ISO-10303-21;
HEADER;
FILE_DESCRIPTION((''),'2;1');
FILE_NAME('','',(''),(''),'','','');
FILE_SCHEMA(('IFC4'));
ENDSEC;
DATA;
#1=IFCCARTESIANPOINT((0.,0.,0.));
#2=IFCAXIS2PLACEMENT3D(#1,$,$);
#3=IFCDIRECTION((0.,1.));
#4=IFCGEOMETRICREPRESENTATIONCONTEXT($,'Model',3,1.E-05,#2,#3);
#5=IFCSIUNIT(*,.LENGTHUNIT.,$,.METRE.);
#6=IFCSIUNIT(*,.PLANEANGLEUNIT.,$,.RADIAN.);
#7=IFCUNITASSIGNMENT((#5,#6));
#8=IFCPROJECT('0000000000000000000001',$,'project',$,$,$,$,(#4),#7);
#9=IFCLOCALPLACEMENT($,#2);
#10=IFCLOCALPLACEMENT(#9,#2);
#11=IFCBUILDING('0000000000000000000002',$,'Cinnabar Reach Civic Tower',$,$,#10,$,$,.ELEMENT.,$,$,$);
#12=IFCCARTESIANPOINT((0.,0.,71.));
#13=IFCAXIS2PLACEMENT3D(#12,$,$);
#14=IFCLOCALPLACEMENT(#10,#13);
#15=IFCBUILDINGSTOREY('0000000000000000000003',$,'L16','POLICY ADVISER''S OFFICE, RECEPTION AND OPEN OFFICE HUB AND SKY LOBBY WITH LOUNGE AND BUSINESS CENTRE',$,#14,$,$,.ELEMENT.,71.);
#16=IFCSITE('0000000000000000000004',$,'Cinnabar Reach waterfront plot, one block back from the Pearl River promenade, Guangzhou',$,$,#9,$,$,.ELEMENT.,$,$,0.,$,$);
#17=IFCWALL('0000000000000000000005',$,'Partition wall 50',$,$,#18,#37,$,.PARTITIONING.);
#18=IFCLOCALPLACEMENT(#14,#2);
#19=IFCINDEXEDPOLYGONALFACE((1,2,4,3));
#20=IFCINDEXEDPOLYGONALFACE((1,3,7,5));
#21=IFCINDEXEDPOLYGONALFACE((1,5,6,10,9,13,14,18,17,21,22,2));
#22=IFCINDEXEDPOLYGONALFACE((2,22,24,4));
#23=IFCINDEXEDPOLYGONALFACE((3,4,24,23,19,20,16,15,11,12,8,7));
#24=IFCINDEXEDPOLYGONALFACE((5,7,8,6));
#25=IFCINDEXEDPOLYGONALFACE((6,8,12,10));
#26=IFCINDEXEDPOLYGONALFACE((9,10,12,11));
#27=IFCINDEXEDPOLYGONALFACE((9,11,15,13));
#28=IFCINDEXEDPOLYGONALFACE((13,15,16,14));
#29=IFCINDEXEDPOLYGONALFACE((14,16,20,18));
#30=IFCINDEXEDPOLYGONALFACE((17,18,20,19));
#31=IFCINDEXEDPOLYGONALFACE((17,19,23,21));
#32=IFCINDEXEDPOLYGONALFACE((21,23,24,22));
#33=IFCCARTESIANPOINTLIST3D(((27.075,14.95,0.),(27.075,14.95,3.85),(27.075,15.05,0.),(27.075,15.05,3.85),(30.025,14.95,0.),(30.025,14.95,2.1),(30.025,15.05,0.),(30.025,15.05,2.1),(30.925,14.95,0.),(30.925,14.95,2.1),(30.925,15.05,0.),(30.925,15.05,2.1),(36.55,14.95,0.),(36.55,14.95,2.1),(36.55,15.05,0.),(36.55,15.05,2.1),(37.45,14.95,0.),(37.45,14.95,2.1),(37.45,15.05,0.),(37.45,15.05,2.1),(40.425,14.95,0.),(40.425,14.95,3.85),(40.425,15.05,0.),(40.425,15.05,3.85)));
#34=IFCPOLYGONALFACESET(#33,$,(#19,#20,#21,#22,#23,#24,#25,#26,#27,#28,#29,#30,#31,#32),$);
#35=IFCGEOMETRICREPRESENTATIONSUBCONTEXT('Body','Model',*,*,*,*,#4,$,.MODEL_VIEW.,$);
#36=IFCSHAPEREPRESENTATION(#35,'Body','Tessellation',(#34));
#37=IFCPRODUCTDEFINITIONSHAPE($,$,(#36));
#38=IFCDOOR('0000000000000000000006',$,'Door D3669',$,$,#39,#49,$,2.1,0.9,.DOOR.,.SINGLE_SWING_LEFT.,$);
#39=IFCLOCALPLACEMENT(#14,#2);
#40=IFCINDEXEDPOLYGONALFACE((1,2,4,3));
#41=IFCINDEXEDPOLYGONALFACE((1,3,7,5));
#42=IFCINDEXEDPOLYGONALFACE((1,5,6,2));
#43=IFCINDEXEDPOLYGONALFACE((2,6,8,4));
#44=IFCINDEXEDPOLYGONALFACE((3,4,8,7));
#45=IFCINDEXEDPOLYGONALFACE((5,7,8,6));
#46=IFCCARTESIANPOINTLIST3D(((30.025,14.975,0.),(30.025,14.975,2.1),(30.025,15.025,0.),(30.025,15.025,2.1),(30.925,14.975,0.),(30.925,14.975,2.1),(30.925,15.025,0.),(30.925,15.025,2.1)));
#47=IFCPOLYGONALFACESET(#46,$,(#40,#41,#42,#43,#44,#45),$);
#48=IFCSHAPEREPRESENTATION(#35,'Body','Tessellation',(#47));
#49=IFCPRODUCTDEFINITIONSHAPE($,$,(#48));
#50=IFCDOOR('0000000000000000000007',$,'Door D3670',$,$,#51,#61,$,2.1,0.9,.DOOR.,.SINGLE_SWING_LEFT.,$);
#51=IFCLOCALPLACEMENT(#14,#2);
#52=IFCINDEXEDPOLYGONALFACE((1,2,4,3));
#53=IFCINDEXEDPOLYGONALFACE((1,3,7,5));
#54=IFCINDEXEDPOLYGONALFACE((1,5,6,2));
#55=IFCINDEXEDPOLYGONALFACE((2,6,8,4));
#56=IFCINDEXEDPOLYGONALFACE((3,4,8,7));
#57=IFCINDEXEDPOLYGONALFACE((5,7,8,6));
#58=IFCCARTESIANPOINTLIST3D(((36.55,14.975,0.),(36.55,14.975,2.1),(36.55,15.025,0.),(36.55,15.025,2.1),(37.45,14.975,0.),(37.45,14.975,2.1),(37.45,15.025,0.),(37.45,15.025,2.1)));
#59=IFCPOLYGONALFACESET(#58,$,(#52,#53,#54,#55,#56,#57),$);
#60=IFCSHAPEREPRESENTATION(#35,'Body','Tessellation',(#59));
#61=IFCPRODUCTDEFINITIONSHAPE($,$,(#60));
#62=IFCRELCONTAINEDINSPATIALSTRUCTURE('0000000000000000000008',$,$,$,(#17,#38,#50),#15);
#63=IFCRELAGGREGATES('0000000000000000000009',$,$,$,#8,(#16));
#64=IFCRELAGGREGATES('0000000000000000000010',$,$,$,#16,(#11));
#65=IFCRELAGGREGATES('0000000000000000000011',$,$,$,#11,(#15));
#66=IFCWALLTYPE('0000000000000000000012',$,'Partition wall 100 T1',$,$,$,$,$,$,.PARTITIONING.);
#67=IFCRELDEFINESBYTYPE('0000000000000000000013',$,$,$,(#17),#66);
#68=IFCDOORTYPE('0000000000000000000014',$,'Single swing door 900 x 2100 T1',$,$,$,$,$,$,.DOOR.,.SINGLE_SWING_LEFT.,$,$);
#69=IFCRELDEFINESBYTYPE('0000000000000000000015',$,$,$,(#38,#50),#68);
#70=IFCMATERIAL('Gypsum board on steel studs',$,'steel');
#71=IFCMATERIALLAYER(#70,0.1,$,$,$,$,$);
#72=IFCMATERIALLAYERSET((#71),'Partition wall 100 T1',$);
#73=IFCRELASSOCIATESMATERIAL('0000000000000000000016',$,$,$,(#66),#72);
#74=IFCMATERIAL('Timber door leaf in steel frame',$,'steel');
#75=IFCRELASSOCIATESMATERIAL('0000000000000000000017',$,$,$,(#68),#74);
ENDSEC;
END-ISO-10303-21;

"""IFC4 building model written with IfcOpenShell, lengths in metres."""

from ifc_helpers import new_model, si_unit, direction, frame, frame_2d, origin, place, context, subcontext, project, spatial, rectangle, extrude, material, layer, layer_set, type_object, element, fill, save


model = new_model("IFC4")

# Units and contexts
model_context = context("Model", 3, precision=1e-05, world=origin(), true_north=direction((0.0, 1.0)))
body_context = subcontext(model_context, "Body", "Model", "MODEL_VIEW")
ifc_project = project(units=[si_unit("LENGTHUNIT", "METRE"), si_unit("PLANEANGLEUNIT", "RADIAN")], contexts=[model_context])

# Site, building, storey
site_placement = place(None, origin())
site = spatial("IfcSite", under=ifc_project, at=site_placement, Name="Cinnabar Reach waterfront plot, one block back from the Pearl River promenade, Guangzhou", CompositionType="ELEMENT", RefElevation=0.0)
building_placement = place(site_placement, origin())
building = spatial("IfcBuilding", under=site, at=building_placement, Name="Cinnabar Reach Civic Tower", CompositionType="ELEMENT")
storey_placement = place(building_placement, frame((0.0, 0.0, 71.0)))
storey = spatial("IfcBuildingStorey", under=building, at=storey_placement, Name="L16", Description="POLICY ADVISER'S OFFICE, RECEPTION AND OPEN OFFICE HUB AND SKY LOBBY WITH LOUNGE AND BUSINESS CENTRE", CompositionType="ELEMENT", Elevation=71.0)

# Shared definitions
ifc_material_1 = material(Name="Timber door leaf in steel frame", Category="steel")

# Wall, openings, doors
ifc_material_2 = material(Name="Gypsum board on steel studs", Category="steel")
ifc_layer_1 = layer(ifc_material_2, 0.1)
ifc_layer_set_1 = layer_set([ifc_layer_1], Name="Partition wall 100 T1")
wall_type_1 = type_object("IfcWallType", Name="Partition wall 100 T1", PredefinedType="PARTITIONING", material=ifc_layer_set_1)
wall_1_placement = place(storey_placement, frame((27.075, 15.0, 0.0), z_axis=(0.0, 0.0, 1.0), x_axis=(1.0, 0.0, 0.0)))
wall_1 = element("IfcWall", 1, at=wall_1_placement, inside=storey, type_object=wall_type_1, Name="Partition wall 50", PredefinedType="PARTITIONING", context=body_context, shape_type="SweptSolid", body=[
    extrude(rectangle(XDim=13.35, YDim=0.1, at=frame_2d((6.675, 0.0))), origin(), (0.0, 0.0, 1.0), 3.85),
])
opening_1_placement = place(wall_1_placement, frame((2.95, 0.0, 0.0)))
opening_1 = element("IfcOpeningElement", 2, at=opening_1_placement, cuts=wall_1, PredefinedType="OPENING", context=body_context, shape_type="SweptSolid", body=[
    extrude(rectangle(XDim=0.9, YDim=2.1, at=frame_2d((0.45, 1.05))), frame((0.0, 0.06, 0.0), z_axis=(0.0, -1.0, 0.0), x_axis=(1.0, 0.0, 0.0)), (0.0, 0.0, 1.0), 0.12),
])
opening_2_placement = place(wall_1_placement, frame((9.475, 0.0, 0.0)))
opening_2 = element("IfcOpeningElement", 3, at=opening_2_placement, cuts=wall_1, PredefinedType="OPENING", context=body_context, shape_type="SweptSolid", body=[
    extrude(rectangle(XDim=0.9, YDim=2.1, at=frame_2d((0.45, 1.05))), frame((0.0, 0.06, 0.0), z_axis=(0.0, -1.0, 0.0), x_axis=(1.0, 0.0, 0.0)), (0.0, 0.0, 1.0), 0.12),
])
door_type_1 = type_object("IfcDoorType", Name="Single swing door 900 x 2100 T1", OperationType="SINGLE_SWING_LEFT", PredefinedType="DOOR", material=ifc_material_1)
door_1_placement = place(opening_1_placement, origin())
door_1 = element("IfcDoor", 4, at=door_1_placement, inside=storey, type_object=door_type_1, Name="Door D3669", OperationType="SINGLE_SWING_LEFT", OverallHeight=2.1, OverallWidth=0.9, PredefinedType="DOOR", context=body_context, shape_type="SweptSolid", body=[
    extrude(rectangle(XDim=0.9, YDim=2.1, at=frame_2d((0.45, 1.05))), frame((0.0, 0.025, 0.0), z_axis=(0.0, -1.0, 0.0), x_axis=(1.0, 0.0, 0.0)), (0.0, 0.0, 1.0), 0.05),
])
fill(opening_1, door_1)
door_2_placement = place(opening_2_placement, origin())
door_2 = element("IfcDoor", 5, at=door_2_placement, inside=storey, type_object=door_type_1, Name="Door D3670", OperationType="SINGLE_SWING_LEFT", OverallHeight=2.1, OverallWidth=0.9, PredefinedType="DOOR", context=body_context, shape_type="SweptSolid", body=[
    extrude(rectangle(XDim=0.9, YDim=2.1, at=frame_2d((0.45, 1.05))), frame((0.0, 0.025, 0.0), z_axis=(0.0, -1.0, 0.0), x_axis=(1.0, 0.0, 0.0)), (0.0, 0.0, 1.0), 0.05),
])
fill(opening_2, door_2)

save(model, "model.ifc")
